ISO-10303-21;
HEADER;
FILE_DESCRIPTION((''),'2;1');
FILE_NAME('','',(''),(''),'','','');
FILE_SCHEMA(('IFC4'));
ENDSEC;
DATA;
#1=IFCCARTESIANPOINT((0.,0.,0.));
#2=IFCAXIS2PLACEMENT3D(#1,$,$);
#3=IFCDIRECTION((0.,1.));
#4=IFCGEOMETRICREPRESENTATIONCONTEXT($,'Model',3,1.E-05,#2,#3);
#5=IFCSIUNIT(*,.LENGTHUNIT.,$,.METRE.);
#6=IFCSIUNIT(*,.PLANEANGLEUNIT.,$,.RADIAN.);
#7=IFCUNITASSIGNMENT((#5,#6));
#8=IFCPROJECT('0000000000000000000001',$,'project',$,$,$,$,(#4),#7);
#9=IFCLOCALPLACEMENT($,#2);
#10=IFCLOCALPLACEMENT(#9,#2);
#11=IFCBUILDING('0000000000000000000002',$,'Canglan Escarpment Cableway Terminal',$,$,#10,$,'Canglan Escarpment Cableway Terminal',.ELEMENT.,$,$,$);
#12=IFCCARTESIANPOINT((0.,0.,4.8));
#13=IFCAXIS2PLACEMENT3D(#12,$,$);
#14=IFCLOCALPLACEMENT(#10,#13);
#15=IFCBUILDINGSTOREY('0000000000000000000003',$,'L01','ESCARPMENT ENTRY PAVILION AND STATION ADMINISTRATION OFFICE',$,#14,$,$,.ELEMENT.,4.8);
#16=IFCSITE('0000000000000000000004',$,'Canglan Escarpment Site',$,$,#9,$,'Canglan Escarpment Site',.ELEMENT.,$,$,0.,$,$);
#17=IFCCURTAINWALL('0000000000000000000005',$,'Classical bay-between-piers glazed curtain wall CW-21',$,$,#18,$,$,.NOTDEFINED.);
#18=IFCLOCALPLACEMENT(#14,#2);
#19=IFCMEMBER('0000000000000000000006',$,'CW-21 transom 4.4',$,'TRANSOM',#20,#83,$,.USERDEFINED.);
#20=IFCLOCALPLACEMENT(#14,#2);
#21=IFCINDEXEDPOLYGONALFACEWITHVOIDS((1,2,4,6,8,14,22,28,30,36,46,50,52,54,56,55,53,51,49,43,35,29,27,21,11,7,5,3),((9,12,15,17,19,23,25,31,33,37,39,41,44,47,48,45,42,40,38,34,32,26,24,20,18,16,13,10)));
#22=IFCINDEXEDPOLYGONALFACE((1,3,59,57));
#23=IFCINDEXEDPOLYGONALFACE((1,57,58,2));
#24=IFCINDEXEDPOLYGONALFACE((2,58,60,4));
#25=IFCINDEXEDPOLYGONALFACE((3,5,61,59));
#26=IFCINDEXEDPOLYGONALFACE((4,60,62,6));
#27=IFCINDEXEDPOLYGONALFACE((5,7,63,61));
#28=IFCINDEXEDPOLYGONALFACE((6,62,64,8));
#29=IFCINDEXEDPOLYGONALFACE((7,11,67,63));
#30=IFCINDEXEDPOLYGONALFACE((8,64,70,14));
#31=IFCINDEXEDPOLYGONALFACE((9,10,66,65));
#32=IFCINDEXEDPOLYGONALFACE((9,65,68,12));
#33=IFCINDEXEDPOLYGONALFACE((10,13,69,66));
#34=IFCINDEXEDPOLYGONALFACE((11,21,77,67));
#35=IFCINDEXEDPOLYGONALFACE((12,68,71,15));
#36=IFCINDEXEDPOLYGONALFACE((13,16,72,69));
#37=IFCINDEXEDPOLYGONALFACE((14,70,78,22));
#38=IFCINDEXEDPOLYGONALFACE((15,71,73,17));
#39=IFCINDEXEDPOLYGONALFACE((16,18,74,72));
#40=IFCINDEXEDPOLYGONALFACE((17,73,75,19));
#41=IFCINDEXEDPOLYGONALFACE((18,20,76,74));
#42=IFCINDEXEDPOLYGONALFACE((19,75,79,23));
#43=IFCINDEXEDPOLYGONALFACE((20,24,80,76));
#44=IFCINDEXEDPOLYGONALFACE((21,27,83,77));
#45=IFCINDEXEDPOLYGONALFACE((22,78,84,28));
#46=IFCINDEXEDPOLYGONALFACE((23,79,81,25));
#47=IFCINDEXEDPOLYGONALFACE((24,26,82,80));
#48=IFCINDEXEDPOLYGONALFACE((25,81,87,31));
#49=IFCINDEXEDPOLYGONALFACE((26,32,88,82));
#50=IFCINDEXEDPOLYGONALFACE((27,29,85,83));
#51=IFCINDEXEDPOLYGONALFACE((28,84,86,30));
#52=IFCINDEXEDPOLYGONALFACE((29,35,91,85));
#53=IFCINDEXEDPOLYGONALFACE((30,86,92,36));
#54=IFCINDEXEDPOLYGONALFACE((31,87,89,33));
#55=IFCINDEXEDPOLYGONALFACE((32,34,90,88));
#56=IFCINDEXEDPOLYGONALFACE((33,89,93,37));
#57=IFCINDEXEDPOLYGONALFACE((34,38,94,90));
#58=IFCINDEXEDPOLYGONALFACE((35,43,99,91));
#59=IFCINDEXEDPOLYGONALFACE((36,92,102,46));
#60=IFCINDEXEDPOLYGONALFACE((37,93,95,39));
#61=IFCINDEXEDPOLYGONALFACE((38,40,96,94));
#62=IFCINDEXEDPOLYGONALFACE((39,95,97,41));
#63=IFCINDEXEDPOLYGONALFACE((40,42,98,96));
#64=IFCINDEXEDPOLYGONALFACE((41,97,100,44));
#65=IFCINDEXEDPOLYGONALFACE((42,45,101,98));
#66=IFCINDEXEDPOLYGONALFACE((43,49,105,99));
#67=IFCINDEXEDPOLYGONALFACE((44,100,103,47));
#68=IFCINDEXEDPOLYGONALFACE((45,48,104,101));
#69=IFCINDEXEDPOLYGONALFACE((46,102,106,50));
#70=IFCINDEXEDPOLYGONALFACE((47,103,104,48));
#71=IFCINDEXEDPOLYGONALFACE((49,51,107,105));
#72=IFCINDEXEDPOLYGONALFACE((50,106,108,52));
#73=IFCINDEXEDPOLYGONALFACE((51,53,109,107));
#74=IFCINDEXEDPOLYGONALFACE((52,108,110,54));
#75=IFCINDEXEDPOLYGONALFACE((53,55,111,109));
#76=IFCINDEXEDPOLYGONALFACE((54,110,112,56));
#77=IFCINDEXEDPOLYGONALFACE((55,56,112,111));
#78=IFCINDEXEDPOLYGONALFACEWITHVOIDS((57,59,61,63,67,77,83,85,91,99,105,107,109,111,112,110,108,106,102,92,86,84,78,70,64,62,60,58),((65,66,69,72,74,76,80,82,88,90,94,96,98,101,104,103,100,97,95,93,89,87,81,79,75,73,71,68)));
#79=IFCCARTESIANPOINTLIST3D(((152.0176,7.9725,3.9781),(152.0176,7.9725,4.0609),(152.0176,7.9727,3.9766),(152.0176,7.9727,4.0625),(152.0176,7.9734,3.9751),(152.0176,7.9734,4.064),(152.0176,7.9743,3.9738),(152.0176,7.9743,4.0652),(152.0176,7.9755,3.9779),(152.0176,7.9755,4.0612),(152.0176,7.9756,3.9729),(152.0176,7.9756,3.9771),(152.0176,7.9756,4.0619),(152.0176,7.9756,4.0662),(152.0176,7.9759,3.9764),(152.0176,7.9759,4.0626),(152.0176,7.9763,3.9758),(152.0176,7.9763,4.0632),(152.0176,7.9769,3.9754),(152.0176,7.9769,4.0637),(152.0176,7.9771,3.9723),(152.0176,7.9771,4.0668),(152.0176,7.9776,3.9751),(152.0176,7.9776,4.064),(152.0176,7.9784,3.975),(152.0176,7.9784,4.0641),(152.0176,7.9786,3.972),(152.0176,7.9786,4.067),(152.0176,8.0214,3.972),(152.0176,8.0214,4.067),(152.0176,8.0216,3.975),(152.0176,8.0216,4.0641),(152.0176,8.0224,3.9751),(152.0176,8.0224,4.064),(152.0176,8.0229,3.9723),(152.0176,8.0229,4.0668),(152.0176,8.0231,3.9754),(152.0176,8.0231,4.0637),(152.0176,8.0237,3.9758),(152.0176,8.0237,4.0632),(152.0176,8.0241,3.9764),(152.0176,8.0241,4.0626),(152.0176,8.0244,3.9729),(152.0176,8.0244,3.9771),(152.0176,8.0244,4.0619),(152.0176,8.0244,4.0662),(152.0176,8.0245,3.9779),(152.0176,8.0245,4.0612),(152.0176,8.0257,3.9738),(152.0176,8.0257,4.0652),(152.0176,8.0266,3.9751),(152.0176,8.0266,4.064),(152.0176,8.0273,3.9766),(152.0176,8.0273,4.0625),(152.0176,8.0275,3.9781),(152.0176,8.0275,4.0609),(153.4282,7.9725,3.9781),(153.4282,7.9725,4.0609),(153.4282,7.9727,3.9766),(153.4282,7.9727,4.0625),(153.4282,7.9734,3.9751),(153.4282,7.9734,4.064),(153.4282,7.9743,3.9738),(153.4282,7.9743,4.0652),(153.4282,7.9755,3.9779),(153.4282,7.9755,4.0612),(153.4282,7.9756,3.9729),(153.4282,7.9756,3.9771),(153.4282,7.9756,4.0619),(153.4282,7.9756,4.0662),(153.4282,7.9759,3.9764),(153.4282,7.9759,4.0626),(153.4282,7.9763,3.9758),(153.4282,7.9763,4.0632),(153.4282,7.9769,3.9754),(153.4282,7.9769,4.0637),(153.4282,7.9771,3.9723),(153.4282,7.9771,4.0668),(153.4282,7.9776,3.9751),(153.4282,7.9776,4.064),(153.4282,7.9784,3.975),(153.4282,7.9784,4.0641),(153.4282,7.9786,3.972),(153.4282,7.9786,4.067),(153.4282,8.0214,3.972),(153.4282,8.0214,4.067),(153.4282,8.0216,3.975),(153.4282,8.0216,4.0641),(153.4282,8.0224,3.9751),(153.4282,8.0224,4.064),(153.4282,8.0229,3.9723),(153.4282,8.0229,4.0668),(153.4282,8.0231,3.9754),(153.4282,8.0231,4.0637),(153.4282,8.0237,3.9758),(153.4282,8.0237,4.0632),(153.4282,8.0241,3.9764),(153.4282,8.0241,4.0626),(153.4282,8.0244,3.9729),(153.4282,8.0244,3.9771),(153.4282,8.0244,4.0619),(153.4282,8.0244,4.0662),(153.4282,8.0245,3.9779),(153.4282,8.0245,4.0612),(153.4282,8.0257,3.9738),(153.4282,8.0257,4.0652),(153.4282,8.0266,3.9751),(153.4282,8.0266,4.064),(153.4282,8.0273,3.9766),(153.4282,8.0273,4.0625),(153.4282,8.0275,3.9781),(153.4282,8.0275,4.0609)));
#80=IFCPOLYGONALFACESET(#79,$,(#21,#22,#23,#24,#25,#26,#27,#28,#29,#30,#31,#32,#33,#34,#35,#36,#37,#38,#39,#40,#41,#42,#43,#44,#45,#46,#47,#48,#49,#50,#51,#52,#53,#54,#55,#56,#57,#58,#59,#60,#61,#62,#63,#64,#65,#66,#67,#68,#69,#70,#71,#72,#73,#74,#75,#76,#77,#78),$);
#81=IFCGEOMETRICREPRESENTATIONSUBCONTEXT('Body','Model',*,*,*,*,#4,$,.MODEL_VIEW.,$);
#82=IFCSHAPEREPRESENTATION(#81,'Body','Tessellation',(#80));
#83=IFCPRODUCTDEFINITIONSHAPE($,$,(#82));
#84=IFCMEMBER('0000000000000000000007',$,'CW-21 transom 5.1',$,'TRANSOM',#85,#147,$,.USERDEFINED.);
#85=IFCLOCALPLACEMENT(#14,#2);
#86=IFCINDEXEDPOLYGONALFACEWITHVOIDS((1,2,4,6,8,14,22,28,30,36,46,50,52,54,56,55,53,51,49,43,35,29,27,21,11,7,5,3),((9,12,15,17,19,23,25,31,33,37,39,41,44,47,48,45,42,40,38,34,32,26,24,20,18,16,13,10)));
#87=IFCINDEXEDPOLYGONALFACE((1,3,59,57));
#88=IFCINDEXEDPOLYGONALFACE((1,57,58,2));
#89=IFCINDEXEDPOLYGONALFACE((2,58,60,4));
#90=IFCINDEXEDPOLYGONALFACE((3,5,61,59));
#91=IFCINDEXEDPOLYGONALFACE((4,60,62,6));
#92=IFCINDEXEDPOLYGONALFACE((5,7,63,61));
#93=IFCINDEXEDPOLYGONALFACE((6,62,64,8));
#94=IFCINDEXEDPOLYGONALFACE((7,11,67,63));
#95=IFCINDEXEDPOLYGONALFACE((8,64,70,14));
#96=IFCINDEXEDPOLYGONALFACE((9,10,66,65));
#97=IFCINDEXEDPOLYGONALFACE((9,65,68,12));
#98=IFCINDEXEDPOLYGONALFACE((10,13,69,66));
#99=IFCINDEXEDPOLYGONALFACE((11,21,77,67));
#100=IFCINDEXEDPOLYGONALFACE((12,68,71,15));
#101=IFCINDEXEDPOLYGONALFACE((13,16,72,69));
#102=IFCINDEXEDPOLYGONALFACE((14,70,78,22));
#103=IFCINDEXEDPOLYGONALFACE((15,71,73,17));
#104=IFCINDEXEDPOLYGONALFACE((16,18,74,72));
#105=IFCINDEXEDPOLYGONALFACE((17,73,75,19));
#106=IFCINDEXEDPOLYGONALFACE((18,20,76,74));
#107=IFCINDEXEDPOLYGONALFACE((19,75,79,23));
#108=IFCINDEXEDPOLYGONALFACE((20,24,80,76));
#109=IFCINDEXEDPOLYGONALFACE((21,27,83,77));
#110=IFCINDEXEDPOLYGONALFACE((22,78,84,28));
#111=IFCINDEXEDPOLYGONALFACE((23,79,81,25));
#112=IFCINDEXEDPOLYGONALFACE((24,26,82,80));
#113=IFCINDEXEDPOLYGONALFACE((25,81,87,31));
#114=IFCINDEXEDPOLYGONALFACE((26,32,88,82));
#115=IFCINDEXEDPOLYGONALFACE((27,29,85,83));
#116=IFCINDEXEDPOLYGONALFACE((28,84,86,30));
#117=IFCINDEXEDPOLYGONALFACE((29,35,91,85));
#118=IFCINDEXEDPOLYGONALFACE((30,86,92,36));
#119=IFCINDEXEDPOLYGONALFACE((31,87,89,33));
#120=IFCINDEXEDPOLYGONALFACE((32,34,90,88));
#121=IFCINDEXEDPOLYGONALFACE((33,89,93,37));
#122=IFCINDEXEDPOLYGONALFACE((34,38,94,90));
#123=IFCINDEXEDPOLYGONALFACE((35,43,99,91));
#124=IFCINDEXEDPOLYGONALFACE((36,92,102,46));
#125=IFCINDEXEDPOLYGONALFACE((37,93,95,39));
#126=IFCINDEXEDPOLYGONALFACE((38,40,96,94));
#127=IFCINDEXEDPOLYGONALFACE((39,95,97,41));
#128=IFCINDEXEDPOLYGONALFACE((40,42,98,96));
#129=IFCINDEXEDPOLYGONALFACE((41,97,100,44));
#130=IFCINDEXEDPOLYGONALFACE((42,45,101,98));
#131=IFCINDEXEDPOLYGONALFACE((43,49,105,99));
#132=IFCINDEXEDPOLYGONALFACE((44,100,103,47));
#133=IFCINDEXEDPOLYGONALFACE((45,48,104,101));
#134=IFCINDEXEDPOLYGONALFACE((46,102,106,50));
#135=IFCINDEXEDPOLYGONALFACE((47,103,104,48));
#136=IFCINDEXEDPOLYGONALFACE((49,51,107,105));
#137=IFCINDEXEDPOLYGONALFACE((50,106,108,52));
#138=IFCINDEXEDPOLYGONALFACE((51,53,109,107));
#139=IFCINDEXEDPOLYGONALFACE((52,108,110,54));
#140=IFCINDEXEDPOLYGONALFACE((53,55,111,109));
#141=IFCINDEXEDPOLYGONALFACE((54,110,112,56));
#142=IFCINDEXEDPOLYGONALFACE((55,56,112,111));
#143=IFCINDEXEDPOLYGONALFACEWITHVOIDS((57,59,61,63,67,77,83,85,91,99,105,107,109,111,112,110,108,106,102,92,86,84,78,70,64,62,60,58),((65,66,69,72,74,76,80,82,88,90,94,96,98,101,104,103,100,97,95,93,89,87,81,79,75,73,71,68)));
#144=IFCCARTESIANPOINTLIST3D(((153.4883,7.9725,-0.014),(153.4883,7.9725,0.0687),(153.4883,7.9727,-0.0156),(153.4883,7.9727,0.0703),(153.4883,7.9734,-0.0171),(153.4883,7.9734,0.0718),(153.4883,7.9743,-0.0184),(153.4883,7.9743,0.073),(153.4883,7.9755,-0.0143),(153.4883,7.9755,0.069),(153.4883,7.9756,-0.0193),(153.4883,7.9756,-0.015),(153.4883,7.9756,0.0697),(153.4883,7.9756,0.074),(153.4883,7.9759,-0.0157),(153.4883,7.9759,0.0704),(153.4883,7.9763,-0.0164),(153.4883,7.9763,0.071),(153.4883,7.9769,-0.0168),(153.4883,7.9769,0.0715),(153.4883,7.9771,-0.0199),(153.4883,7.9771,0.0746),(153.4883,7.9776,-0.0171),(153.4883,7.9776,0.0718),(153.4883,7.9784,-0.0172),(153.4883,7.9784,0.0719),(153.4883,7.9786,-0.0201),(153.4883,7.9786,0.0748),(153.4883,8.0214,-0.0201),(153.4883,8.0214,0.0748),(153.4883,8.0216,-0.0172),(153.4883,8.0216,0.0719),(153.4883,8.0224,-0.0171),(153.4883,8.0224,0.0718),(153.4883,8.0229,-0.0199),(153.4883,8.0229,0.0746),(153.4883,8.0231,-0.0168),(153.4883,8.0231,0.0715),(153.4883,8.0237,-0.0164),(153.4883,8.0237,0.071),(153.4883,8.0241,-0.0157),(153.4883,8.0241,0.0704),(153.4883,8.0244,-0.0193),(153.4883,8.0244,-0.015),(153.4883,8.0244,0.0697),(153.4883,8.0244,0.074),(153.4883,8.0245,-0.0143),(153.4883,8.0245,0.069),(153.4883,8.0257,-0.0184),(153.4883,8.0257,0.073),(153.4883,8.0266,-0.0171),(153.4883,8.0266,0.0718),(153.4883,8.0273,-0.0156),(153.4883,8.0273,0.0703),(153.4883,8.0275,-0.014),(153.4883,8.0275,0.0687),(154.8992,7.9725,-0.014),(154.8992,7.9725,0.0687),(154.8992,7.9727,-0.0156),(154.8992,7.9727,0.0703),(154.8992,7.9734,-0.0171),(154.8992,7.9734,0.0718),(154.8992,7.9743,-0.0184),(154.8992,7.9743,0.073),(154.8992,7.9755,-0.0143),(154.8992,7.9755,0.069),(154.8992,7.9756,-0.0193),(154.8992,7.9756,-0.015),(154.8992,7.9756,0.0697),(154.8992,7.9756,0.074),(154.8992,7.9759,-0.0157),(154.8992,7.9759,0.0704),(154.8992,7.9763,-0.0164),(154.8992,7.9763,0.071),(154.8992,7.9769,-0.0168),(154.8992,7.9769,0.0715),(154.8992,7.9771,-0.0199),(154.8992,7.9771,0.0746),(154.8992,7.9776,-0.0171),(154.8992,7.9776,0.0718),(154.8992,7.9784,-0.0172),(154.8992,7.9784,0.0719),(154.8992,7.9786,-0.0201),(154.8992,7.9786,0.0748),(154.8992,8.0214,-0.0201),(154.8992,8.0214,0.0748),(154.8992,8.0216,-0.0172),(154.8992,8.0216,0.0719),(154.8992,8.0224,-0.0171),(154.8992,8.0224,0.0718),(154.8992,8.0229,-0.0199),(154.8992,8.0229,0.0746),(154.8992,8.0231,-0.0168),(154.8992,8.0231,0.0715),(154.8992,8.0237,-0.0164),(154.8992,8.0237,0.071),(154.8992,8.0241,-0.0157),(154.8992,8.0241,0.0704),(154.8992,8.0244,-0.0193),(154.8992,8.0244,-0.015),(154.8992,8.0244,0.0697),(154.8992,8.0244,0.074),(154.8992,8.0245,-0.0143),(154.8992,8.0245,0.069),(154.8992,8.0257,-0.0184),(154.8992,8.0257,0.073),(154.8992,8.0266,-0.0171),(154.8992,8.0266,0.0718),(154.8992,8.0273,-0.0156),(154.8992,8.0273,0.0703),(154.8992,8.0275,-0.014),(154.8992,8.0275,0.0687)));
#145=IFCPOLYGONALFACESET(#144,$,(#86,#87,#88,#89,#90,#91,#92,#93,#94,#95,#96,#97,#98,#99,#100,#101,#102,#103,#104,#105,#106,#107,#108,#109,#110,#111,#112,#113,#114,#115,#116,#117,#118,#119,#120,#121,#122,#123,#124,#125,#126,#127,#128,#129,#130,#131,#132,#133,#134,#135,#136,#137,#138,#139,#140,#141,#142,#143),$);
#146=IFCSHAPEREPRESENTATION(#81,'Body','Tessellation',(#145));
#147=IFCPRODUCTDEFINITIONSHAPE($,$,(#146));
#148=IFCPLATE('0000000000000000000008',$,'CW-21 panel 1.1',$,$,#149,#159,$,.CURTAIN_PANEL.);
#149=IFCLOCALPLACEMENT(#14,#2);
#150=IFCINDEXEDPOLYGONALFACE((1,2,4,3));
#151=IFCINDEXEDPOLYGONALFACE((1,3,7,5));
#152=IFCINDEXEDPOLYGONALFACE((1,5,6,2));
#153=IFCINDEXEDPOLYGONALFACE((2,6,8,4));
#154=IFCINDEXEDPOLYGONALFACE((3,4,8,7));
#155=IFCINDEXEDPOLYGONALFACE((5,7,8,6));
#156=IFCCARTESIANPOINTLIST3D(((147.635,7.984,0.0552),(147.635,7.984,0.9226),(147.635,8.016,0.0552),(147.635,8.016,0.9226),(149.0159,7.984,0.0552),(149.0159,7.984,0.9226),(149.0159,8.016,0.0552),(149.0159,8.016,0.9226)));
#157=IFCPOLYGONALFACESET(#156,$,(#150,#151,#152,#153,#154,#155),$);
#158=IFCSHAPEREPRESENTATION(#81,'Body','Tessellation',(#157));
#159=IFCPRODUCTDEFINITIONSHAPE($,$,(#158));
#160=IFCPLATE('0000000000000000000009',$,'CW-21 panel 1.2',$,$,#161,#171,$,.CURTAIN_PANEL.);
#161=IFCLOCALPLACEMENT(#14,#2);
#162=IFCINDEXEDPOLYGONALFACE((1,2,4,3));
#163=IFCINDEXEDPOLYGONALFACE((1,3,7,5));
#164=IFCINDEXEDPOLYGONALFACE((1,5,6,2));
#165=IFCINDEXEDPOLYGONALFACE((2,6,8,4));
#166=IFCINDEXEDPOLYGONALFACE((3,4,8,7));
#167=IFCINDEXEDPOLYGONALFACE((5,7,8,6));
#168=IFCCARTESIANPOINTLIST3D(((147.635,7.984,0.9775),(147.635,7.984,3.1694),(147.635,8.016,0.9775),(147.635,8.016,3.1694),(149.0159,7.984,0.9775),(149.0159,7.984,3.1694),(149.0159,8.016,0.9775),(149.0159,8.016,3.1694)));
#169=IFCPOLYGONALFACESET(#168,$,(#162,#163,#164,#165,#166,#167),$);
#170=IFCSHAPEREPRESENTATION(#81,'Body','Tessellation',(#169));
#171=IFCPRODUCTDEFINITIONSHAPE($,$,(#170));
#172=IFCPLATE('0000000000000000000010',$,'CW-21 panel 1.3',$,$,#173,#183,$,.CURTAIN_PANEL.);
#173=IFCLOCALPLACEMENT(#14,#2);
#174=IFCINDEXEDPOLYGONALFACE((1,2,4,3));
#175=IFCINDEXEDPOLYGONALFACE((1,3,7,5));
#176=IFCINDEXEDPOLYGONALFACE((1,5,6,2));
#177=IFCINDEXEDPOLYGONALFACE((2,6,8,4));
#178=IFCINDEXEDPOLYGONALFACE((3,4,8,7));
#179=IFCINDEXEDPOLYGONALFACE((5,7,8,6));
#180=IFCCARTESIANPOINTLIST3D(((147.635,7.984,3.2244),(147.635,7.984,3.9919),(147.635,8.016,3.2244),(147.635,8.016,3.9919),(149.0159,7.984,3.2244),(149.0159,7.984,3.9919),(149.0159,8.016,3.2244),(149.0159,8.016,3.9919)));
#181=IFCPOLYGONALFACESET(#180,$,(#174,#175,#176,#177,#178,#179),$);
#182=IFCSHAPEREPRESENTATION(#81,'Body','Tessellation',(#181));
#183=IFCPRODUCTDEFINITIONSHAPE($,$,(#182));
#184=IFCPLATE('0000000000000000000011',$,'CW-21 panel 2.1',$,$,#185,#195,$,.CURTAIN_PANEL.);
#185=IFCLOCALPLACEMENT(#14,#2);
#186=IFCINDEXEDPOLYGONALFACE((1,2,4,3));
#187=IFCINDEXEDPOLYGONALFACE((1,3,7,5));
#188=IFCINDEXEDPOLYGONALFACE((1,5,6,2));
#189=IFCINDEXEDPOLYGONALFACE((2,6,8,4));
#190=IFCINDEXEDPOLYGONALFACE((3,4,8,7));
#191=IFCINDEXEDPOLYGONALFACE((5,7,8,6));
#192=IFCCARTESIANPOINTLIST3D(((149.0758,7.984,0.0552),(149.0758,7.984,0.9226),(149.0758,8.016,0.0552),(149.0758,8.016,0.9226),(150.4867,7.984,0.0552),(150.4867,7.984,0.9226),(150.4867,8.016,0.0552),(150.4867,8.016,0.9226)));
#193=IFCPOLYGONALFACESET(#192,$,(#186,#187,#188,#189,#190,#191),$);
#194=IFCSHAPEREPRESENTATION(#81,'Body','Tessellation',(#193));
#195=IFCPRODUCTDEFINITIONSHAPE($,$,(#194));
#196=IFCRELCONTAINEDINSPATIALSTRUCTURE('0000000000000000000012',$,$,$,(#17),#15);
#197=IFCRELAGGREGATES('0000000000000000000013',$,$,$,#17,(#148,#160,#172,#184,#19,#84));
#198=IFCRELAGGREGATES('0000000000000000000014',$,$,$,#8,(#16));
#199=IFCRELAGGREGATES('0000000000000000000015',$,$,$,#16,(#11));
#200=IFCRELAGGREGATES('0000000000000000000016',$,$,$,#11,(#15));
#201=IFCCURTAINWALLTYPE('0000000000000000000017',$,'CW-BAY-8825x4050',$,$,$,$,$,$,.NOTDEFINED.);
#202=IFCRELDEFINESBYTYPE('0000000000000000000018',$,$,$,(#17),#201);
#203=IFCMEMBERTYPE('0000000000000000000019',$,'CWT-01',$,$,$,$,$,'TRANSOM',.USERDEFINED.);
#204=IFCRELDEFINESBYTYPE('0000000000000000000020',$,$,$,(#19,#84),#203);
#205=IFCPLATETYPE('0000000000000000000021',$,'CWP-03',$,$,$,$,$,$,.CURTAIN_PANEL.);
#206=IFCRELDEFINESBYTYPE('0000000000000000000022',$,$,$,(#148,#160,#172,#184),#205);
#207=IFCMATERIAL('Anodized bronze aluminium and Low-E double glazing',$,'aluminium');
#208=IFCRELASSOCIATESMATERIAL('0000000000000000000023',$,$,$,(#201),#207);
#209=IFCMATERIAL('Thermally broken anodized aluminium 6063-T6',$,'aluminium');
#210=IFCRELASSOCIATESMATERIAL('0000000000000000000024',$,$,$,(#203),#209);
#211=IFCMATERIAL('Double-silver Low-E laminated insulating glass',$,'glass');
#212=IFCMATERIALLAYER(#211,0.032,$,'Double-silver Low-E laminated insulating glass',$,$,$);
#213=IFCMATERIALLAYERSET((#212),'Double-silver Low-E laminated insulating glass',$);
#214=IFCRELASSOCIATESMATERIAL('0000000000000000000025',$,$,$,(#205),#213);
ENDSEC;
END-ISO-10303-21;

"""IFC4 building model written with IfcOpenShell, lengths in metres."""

from ifc_helpers import new_model, si_unit, direction, frame, origin, origin_2d, place, context, subcontext, project, spatial, rectangle, hollow_rectangle, extrude, material, layer, layer_set, material_profile, profile_set, type_object, element, aggregate, save


model = new_model("IFC4")

# Units and contexts
model_context = context("Model", 3, precision=1e-05, world=origin(), true_north=direction((0.0, 1.0)))
body_context = subcontext(model_context, "Body", "Model", "MODEL_VIEW")
ifc_project = project(units=[si_unit("LENGTHUNIT", "METRE"), si_unit("PLANEANGLEUNIT", "RADIAN")], contexts=[model_context])

# Site, building, storey
site_placement = place(None, origin())
site = spatial("IfcSite", under=ifc_project, at=site_placement, Name="Canglan Escarpment Site", LongName="Canglan Escarpment Site", CompositionType="ELEMENT", RefElevation=0.0)
building_placement = place(site_placement, origin())
building = spatial("IfcBuilding", under=site, at=building_placement, Name="Canglan Escarpment Cableway Terminal", LongName="Canglan Escarpment Cableway Terminal", CompositionType="ELEMENT")
storey_placement = place(building_placement, frame((0.0, 0.0, 4.8)))
storey = spatial("IfcBuildingStorey", under=building, at=storey_placement, Name="L01", Description="ESCARPMENT ENTRY PAVILION AND STATION ADMINISTRATION OFFICE", CompositionType="ELEMENT", Elevation=4.8)

# Curtain wall, members, plates
ifc_material_1 = material(Name="Anodized bronze aluminium and Low-E double glazing", Category="aluminium")
curtain_wall_type = type_object("IfcCurtainWallType", Name="CW-BAY-8825x4050", PredefinedType="NOTDEFINED", material=ifc_material_1)
curtain_wall_placement = place(storey_placement, origin())
curtain_wall = element("IfcCurtainWall", 1, at=curtain_wall_placement, inside=storey, type_object=curtain_wall_type, Name="Classical bay-between-piers glazed curtain wall CW-21", PredefinedType="NOTDEFINED")
ifc_material_2 = material(Name="Thermally broken anodized aluminium 6063-T6", Category="aluminium")
ifc_material_profile_1 = material_profile(ifc_material_2, hollow_rectangle(XDim=0.0549, YDim=0.095, WallThickness=0.0029, InnerFilletRadius=0.0029, OuterFilletRadius=0.0061, at=origin_2d()), Name="ALU-TRAN 55x95x3")
ifc_profile_set_1 = profile_set([ifc_material_profile_1], Name="Thermally broken anodized aluminium 6063-T6")
member_type_1 = type_object("IfcMemberType", Name="CWT-01", ElementType="TRANSOM", PredefinedType="USERDEFINED", material=ifc_profile_set_1)
member_1_placement = place(storey_placement, frame((152.0176, 8.0, 4.0195), z_axis=(1.0, 0.0, 0.0), x_axis=(0.0, 1.0, 0.0)))
member_1 = element("IfcMember", 2, at=member_1_placement, type_object=member_type_1, Name="CW-21 transom 4.4", ObjectType="TRANSOM", PredefinedType="USERDEFINED", context=body_context, shape_type="SweptSolid", body=[
    extrude(hollow_rectangle(XDim=0.0549, YDim=0.095, WallThickness=0.0029, InnerFilletRadius=0.0029, OuterFilletRadius=0.0061, at=origin_2d()), origin(), (0.0, 0.0, 1.0), 1.4106),
])
member_2_placement = place(storey_placement, frame((153.4883, 8.0, 0.0273), z_axis=(1.0, 0.0, 0.0), x_axis=(0.0, 1.0, 0.0)))
member_2 = element("IfcMember", 3, at=member_2_placement, type_object=member_type_1, Name="CW-21 transom 5.1", ObjectType="TRANSOM", PredefinedType="USERDEFINED", context=body_context, shape_type="SweptSolid", body=[
    extrude(hollow_rectangle(XDim=0.0549, YDim=0.095, WallThickness=0.0029, InnerFilletRadius=0.0029, OuterFilletRadius=0.0061, at=origin_2d()), origin(), (0.0, 0.0, 1.0), 1.4109),
])
ifc_material_3 = material(Name="Double-silver Low-E laminated insulating glass", Category="glass")
ifc_layer_1 = layer(ifc_material_3, 0.032, Name="Double-silver Low-E laminated insulating glass")
ifc_layer_set_1 = layer_set([ifc_layer_1], Name="Double-silver Low-E laminated insulating glass")
plate_type = type_object("IfcPlateType", Name="CWP-03", PredefinedType="CURTAIN_PANEL", material=ifc_layer_set_1)
plate_1_placement = place(storey_placement, frame((148.3254, 8.0, 0.0552), z_axis=(0.0, 0.0, 1.0), x_axis=(1.0, 0.0, 0.0)))
plate_1 = element("IfcPlate", 4, at=plate_1_placement, type_object=plate_type, Name="CW-21 panel 1.1", PredefinedType="CURTAIN_PANEL", context=body_context, shape_type="SweptSolid", body=[
    extrude(rectangle(XDim=1.3809, YDim=0.032, at=origin_2d()), origin(), (0.0, 0.0, 1.0), 0.8674),
])
plate_2_placement = place(storey_placement, frame((148.3254, 8.0, 0.9775), z_axis=(0.0, 0.0, 1.0), x_axis=(1.0, 0.0, 0.0)))
plate_2 = element("IfcPlate", 5, at=plate_2_placement, type_object=plate_type, Name="CW-21 panel 1.2", PredefinedType="CURTAIN_PANEL", context=body_context, shape_type="SweptSolid", body=[
    extrude(rectangle(XDim=1.3809, YDim=0.032, at=origin_2d()), origin(), (0.0, 0.0, 1.0), 2.1919),
])
plate_3_placement = place(storey_placement, frame((148.3254, 8.0, 3.2244), z_axis=(0.0, 0.0, 1.0), x_axis=(1.0, 0.0, 0.0)))
plate_3 = element("IfcPlate", 6, at=plate_3_placement, type_object=plate_type, Name="CW-21 panel 1.3", PredefinedType="CURTAIN_PANEL", context=body_context, shape_type="SweptSolid", body=[
    extrude(rectangle(XDim=1.3809, YDim=0.032, at=origin_2d()), origin(), (0.0, 0.0, 1.0), 0.7676),
])
plate_4_placement = place(storey_placement, frame((149.7812, 8.0, 0.0552), z_axis=(0.0, 0.0, 1.0), x_axis=(1.0, 0.0, 0.0)))
plate_4 = element("IfcPlate", 7, at=plate_4_placement, type_object=plate_type, Name="CW-21 panel 2.1", PredefinedType="CURTAIN_PANEL", context=body_context, shape_type="SweptSolid", body=[
    extrude(rectangle(XDim=1.4109, YDim=0.032, at=origin_2d()), origin(), (0.0, 0.0, 1.0), 0.8674),
])
aggregate(curtain_wall, [plate_1, plate_2, plate_3, plate_4, member_1, member_2])

save(model, "model.ifc")
